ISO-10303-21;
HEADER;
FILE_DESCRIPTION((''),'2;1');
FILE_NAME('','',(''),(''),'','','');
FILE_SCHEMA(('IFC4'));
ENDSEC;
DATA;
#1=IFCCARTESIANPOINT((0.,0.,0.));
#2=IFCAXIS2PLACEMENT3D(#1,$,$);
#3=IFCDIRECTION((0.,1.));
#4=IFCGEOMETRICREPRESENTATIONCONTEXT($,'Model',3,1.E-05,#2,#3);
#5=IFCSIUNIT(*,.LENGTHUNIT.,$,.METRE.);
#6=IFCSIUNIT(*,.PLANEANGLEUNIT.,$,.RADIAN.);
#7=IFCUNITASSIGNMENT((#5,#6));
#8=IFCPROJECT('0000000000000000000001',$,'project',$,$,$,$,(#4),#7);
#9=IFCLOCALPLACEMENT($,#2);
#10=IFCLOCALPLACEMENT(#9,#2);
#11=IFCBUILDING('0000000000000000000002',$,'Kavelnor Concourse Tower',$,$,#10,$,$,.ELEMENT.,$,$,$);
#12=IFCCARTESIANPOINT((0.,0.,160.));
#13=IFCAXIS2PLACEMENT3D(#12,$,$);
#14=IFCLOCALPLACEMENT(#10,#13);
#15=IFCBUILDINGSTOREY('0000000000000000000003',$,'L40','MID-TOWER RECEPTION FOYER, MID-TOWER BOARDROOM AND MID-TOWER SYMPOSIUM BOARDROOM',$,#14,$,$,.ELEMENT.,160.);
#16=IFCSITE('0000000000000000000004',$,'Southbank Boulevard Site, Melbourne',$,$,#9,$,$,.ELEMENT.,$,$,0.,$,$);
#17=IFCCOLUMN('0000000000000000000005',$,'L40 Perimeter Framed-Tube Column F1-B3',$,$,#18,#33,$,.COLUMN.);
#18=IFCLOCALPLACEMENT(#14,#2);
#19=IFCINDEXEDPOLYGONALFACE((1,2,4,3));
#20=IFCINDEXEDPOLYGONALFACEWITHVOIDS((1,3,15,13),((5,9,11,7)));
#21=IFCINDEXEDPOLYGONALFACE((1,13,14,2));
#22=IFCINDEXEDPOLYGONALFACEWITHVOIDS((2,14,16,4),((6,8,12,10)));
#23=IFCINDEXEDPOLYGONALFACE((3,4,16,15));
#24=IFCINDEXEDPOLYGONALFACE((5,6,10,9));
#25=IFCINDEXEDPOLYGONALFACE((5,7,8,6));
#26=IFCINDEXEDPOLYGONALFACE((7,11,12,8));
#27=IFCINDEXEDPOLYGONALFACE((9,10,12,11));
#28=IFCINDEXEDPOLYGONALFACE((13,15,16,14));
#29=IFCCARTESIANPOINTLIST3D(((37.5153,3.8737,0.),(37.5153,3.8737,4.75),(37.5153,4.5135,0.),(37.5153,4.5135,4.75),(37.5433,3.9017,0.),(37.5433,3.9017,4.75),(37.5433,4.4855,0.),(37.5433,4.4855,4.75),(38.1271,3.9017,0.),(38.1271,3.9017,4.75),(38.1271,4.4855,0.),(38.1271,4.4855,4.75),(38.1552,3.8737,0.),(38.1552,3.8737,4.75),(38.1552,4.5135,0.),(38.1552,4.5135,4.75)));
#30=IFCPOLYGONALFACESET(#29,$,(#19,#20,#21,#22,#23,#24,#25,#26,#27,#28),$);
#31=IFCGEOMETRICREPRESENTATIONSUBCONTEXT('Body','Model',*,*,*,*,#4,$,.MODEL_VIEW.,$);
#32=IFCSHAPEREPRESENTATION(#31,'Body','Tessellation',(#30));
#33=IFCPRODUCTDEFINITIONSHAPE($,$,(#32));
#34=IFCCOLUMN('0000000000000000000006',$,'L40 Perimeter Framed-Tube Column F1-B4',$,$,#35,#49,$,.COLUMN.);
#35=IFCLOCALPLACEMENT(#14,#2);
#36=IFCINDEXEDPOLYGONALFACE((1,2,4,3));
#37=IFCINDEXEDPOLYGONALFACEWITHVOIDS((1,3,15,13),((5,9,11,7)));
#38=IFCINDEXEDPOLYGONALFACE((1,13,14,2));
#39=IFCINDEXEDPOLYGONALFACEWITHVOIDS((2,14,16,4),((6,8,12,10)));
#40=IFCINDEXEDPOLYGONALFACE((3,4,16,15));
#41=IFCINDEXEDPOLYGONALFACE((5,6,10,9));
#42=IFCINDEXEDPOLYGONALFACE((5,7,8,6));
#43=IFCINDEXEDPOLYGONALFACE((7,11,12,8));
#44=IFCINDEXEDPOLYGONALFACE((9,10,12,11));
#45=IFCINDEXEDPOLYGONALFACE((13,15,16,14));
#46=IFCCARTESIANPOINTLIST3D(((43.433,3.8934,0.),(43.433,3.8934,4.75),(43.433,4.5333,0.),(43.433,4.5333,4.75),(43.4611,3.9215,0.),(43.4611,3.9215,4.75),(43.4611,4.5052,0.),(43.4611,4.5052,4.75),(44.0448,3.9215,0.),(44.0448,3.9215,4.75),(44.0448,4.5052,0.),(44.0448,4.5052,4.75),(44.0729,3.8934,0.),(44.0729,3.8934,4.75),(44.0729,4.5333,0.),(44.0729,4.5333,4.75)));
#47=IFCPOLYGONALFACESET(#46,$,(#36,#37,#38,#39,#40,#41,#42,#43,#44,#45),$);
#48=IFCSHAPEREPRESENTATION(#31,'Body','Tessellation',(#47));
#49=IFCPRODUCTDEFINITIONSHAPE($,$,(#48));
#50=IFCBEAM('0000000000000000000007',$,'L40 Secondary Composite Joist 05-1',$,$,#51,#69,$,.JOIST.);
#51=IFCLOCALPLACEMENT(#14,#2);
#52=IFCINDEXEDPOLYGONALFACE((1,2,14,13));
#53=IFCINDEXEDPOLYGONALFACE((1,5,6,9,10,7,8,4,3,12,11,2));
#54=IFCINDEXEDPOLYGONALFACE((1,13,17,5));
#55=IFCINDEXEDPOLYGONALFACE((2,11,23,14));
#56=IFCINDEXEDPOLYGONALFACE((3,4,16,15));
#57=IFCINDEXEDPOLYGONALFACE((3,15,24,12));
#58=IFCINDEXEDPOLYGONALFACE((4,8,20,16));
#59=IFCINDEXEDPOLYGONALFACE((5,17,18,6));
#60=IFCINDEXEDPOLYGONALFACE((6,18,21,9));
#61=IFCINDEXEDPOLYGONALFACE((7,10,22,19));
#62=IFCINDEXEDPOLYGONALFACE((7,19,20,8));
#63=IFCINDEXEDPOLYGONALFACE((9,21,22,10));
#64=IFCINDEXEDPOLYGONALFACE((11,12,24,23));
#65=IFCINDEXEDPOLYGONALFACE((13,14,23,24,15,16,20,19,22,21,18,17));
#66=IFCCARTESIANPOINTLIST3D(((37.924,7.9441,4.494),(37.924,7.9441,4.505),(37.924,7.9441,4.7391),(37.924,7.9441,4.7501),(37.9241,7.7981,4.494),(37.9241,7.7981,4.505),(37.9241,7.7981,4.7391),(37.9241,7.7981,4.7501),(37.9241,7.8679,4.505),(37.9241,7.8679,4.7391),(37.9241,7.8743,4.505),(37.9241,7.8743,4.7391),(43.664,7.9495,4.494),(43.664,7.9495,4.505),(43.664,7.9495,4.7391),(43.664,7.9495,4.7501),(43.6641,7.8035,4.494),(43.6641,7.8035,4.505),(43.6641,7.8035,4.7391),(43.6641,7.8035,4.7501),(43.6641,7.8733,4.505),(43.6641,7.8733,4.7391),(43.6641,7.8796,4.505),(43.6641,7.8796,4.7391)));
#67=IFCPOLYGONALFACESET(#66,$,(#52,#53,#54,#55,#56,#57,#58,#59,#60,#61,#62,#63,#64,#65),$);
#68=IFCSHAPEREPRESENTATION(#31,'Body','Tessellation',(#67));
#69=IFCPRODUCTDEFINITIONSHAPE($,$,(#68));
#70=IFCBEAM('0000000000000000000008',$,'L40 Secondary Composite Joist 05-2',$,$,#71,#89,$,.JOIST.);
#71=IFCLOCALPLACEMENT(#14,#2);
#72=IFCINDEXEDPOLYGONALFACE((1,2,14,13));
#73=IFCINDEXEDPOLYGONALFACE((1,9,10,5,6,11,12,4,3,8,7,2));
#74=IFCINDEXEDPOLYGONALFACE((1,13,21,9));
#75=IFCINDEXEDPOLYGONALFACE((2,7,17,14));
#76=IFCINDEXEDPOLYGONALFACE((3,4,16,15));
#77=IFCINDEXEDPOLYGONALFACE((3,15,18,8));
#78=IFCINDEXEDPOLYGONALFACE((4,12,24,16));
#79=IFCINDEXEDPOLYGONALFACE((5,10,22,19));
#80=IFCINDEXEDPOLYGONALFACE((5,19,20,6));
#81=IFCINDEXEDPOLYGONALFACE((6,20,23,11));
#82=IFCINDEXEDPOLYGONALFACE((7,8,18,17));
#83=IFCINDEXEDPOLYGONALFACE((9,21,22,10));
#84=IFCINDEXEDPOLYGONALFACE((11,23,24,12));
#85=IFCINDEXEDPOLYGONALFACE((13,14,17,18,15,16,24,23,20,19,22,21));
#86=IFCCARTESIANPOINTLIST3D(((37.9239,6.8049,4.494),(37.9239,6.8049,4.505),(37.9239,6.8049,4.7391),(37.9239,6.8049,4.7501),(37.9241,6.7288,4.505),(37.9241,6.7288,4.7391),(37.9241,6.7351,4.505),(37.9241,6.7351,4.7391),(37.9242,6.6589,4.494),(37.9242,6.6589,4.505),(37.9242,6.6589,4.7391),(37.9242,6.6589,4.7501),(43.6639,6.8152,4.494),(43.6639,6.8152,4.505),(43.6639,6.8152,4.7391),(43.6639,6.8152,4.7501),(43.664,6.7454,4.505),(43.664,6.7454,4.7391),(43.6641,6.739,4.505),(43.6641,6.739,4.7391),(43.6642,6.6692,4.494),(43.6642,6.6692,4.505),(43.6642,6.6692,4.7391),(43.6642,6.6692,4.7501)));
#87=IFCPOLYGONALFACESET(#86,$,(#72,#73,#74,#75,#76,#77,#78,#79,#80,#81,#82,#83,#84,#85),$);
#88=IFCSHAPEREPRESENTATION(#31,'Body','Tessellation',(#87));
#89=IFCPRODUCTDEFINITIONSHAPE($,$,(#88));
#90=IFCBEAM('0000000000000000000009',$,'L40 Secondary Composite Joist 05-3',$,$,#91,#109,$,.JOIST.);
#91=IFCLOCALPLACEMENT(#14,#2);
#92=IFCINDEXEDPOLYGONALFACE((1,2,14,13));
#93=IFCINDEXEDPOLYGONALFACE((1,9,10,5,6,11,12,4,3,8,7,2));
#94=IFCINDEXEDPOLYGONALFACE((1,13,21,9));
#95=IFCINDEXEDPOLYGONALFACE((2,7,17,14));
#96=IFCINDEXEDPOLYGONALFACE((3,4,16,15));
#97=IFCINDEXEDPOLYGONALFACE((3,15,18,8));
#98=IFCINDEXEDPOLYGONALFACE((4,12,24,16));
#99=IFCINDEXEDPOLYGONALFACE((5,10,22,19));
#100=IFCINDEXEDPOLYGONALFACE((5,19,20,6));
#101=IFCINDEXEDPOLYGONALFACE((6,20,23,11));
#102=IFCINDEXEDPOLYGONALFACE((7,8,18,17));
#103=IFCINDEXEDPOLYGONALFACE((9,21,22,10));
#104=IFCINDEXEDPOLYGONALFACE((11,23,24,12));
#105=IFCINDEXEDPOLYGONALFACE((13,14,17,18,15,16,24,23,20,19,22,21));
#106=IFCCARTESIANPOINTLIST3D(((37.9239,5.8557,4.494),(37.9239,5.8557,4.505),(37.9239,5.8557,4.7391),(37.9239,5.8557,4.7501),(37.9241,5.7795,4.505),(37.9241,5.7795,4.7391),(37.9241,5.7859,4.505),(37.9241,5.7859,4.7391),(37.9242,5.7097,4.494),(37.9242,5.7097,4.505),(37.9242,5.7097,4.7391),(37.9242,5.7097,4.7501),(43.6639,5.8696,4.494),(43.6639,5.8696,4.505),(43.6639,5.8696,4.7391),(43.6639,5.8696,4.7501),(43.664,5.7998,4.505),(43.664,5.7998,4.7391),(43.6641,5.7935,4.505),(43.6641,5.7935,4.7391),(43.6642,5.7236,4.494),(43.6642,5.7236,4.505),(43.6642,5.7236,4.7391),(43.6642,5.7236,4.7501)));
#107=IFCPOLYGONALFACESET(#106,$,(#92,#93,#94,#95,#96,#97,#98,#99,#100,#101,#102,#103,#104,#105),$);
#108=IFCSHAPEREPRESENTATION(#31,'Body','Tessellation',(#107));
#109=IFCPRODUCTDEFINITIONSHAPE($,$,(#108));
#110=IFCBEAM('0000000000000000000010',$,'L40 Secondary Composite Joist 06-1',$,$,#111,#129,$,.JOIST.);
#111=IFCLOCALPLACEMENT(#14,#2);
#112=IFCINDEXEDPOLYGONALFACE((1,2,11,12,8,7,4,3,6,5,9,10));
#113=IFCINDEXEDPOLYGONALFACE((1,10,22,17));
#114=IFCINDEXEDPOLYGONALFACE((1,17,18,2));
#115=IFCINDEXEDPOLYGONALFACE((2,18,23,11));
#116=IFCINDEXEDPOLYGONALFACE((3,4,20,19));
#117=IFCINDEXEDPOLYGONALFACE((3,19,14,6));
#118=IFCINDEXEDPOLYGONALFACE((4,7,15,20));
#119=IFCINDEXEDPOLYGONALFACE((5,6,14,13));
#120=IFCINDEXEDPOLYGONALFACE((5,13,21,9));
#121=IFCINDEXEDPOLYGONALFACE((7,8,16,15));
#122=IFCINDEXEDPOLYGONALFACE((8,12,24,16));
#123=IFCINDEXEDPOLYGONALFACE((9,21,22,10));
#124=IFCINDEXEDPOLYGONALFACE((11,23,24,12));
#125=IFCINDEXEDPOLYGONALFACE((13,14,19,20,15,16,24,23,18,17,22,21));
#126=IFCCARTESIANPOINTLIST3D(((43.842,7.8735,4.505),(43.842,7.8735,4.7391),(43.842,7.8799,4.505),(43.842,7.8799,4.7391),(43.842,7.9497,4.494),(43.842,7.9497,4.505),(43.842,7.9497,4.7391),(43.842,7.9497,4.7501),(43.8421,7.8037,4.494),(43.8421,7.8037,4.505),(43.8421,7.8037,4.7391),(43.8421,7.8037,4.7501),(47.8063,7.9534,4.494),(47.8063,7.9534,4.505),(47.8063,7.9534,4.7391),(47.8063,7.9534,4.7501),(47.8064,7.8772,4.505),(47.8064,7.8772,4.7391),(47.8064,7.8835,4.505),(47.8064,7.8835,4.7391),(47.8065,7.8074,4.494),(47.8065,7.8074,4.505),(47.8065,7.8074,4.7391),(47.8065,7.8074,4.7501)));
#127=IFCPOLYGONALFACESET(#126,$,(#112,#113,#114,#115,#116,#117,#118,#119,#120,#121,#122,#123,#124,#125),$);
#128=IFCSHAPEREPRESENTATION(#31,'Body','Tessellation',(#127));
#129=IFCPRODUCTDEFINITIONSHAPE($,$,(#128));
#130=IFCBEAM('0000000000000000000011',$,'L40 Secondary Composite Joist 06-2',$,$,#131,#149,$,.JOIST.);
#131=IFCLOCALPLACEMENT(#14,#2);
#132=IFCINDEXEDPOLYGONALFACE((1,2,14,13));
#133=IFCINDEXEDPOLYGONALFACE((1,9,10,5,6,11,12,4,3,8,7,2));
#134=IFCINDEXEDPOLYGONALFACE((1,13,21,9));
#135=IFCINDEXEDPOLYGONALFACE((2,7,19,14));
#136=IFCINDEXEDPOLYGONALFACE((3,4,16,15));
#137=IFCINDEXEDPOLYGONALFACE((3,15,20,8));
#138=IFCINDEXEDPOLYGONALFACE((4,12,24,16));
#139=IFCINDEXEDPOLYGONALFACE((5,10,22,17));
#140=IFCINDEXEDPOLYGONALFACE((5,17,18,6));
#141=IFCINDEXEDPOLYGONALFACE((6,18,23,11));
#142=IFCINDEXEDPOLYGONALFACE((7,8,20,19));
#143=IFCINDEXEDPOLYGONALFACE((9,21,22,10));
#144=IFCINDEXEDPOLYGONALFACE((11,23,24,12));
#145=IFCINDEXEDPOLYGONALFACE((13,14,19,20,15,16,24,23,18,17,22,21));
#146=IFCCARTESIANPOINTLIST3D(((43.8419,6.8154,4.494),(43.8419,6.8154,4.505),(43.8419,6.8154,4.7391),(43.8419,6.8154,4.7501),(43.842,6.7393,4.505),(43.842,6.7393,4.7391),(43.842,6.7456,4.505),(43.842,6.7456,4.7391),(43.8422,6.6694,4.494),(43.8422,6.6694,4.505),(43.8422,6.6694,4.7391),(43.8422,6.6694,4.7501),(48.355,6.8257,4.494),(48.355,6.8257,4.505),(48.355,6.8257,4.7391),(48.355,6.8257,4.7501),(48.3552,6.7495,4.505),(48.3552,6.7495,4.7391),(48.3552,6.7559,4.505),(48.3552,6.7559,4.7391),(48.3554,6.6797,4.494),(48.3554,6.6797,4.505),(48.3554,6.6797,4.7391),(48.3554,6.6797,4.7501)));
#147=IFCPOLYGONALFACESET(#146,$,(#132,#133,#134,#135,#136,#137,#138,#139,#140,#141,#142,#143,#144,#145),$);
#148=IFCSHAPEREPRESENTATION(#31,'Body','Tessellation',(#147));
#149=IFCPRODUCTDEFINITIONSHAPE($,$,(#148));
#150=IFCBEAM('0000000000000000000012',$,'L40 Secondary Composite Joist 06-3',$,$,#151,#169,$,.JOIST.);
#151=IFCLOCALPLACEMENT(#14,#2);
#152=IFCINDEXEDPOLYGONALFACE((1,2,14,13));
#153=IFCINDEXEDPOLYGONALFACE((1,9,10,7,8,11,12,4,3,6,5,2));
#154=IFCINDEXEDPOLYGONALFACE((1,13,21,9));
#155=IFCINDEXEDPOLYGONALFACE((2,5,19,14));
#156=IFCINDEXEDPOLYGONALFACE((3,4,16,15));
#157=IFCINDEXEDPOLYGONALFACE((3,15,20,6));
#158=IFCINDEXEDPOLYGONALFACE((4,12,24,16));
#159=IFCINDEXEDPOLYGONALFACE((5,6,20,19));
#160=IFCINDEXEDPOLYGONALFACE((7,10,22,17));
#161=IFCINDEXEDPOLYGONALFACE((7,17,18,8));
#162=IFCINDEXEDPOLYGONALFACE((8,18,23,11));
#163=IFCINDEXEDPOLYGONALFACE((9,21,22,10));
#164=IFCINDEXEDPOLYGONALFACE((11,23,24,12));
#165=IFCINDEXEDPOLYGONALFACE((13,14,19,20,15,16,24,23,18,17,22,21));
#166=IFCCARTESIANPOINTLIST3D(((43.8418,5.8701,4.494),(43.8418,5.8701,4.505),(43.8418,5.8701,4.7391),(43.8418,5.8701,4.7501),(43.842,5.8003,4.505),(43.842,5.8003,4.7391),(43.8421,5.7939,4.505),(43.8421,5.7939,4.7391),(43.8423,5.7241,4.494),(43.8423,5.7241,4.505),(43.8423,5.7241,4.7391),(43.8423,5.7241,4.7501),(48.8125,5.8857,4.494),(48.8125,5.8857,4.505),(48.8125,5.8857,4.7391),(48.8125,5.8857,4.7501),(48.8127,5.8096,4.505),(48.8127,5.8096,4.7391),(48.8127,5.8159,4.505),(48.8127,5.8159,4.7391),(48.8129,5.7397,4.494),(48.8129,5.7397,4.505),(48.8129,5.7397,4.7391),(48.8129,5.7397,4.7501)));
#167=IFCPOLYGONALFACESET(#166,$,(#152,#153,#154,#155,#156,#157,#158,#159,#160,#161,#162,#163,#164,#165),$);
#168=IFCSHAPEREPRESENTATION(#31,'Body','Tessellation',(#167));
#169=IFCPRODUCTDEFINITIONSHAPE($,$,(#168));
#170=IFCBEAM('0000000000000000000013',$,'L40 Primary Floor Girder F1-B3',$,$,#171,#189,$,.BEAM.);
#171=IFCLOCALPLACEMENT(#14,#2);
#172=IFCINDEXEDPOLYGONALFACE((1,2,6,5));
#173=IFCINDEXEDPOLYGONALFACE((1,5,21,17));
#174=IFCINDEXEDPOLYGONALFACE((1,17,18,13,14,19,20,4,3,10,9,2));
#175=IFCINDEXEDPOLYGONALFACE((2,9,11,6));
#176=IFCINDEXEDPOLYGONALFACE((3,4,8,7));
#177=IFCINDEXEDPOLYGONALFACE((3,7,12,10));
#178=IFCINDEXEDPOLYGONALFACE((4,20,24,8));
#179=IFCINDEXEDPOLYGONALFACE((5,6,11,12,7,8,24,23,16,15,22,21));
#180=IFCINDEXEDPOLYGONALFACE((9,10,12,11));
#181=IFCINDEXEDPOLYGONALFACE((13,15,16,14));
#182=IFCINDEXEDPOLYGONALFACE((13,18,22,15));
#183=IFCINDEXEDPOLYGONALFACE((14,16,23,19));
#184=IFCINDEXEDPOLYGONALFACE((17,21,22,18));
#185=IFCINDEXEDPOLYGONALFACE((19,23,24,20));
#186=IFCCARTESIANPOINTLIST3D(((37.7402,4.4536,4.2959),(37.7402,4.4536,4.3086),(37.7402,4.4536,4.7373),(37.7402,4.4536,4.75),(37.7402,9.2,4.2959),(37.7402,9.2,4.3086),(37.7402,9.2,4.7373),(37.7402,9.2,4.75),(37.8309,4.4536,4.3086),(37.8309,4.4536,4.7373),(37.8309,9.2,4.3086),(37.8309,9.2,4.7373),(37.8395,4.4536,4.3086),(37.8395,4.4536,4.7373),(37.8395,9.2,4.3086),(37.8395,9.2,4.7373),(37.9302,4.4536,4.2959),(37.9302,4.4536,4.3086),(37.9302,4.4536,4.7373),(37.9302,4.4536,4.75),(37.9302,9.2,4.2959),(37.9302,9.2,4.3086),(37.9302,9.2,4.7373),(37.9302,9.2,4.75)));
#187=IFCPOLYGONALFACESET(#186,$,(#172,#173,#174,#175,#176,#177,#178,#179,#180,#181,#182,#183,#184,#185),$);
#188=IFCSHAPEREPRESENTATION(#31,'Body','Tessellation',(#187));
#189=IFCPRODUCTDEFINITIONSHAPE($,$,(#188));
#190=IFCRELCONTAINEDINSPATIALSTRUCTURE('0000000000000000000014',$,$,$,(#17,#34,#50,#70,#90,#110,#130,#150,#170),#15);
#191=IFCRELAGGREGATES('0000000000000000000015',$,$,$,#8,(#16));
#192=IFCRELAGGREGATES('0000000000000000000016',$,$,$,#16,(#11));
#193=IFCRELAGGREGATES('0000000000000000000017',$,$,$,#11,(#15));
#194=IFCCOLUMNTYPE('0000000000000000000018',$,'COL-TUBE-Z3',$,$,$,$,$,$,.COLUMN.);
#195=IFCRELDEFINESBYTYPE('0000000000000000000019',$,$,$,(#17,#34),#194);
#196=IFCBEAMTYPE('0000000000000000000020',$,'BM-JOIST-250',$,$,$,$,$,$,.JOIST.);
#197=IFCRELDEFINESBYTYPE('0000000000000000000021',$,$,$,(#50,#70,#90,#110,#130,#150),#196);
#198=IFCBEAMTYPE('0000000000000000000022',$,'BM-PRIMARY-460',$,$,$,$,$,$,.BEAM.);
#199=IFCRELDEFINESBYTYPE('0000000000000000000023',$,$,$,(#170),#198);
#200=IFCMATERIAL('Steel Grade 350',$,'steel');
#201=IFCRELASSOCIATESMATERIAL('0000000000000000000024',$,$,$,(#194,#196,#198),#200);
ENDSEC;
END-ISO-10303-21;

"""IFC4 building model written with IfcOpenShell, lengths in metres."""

from ifc_helpers import new_model, si_unit, direction, frame, origin, origin_2d, place, context, subcontext, project, spatial, hollow_rectangle, i_section, extrude, material, material_profile, profile_set, type_object, element, save


model = new_model("IFC4")

# Units and contexts
model_context = context("Model", 3, precision=1e-05, world=origin(), true_north=direction((0.0, 1.0)))
body_context = subcontext(model_context, "Body", "Model", "MODEL_VIEW")
ifc_project = project(units=[si_unit("LENGTHUNIT", "METRE"), si_unit("PLANEANGLEUNIT", "RADIAN")], contexts=[model_context])

# Site, building, storey
site_placement = place(None, origin())
site = spatial("IfcSite", under=ifc_project, at=site_placement, Name="Southbank Boulevard Site, Melbourne", CompositionType="ELEMENT", RefElevation=0.0)
building_placement = place(site_placement, origin())
building = spatial("IfcBuilding", under=site, at=building_placement, Name="Kavelnor Concourse Tower", CompositionType="ELEMENT")
storey_placement = place(building_placement, frame((0.0, 0.0, 160.0)))
storey = spatial("IfcBuildingStorey", under=building, at=storey_placement, Name="L40", Description="MID-TOWER RECEPTION FOYER, MID-TOWER BOARDROOM AND MID-TOWER SYMPOSIUM BOARDROOM", CompositionType="ELEMENT", Elevation=160.0)

# Columns
ifc_material_1 = material(Name="Steel Grade 350", Category="steel")
ifc_material_profile_1 = material_profile(ifc_material_1, hollow_rectangle(XDim=0.6399, YDim=0.6399, WallThickness=0.0281, at=origin_2d()), Name="SHS 640x640x28")
ifc_profile_set_1 = profile_set([ifc_material_profile_1], Name="Steel Grade 350")
column_type = type_object("IfcColumnType", Name="COL-TUBE-Z3", PredefinedType="COLUMN", material=ifc_profile_set_1)
for number, where, z_axis, x_axis, name in (
    (1, (37.8352, 4.1936, 0.0), (0.0, 0.0, 1.0), (1.0, 0.0, 0.0), "L40 Perimeter Framed-Tube Column F1-B3"),
    (2, (43.7529, 4.2134, 0.0), (0.0, 0.0, 1.0), (1.0, 0.0, 0.0), "L40 Perimeter Framed-Tube Column F1-B4"),
):
    element("IfcColumn", number, at=place(storey_placement, frame(where, z_axis=z_axis, x_axis=x_axis)), inside=storey, type_object=column_type, Name=name, PredefinedType="COLUMN", context=body_context, shape_type="SweptSolid", body=[
        extrude(hollow_rectangle(XDim=0.6399, YDim=0.6399, WallThickness=0.0281, at=origin_2d()), origin(), (0.0, 0.0, 1.0), 4.75),
    ])

# Beams
ifc_material_profile_2 = material_profile(ifc_material_1, i_section(OverallWidth=0.146, OverallDepth=0.2561, WebThickness=0.0063, FlangeThickness=0.011, at=origin_2d()), Name="250UB37")
ifc_profile_set_2 = profile_set([ifc_material_profile_2], Name="Steel Grade 350")
beam_type_1 = type_object("IfcBeamType", Name="BM-JOIST-250", PredefinedType="JOIST", material=ifc_profile_set_2)
for number, where, z_axis, x_axis, name in (
    (3, (37.9241, 7.8711, 4.6221), (1.0, 0.000936, 0.0), (-0.000936, 1.0, 0.0), "L40 Secondary Composite Joist 05-1"),
    (4, (37.9241, 6.7319, 4.6221), (0.999998, 0.001786, 0.0), (-0.001786, 0.999998, 0.0), "L40 Secondary Composite Joist 05-2"),
    (5, (37.9241, 5.7827, 4.6221), (0.999997, 0.002424, 0.0), (-0.002424, 0.999997, 0.0), "L40 Secondary Composite Joist 05-3"),
):
    element("IfcBeam", number, at=place(storey_placement, frame(where, z_axis=z_axis, x_axis=x_axis)), inside=storey, type_object=beam_type_1, Name=name, PredefinedType="JOIST", context=body_context, shape_type="SweptSolid", body=[
        extrude(i_section(OverallWidth=0.146, OverallDepth=0.2561, WebThickness=0.0063, FlangeThickness=0.011, at=origin_2d()), origin(), (0.0, 0.0, 1.0), 5.74),
    ])
beam_1_placement = place(storey_placement, frame((43.842, 7.8767, 4.6221), z_axis=(1.0, 0.000924, 0.0), x_axis=(-0.000924, 1.0, 0.0)))
element("IfcBeam", 6, at=beam_1_placement, inside=storey, type_object=beam_type_1, Name="L40 Secondary Composite Joist 06-1", PredefinedType="JOIST", context=body_context, shape_type="SweptSolid", body=[
    extrude(i_section(OverallWidth=0.146, OverallDepth=0.2561, WebThickness=0.0063, FlangeThickness=0.011, at=origin_2d()), origin(), (0.0, 0.0, 1.0), 3.9644),
])
beam_2_placement = place(storey_placement, frame((43.842, 6.7424, 4.6221), z_axis=(0.999997, 0.002272, 0.0), x_axis=(-0.002272, 0.999997, 0.0)))
element("IfcBeam", 7, at=beam_2_placement, inside=storey, type_object=beam_type_1, Name="L40 Secondary Composite Joist 06-2", PredefinedType="JOIST", context=body_context, shape_type="SweptSolid", body=[
    extrude(i_section(OverallWidth=0.146, OverallDepth=0.2561, WebThickness=0.0063, FlangeThickness=0.011, at=origin_2d()), origin(), (0.0, 0.0, 1.0), 4.5132),
])
beam_3_placement = place(storey_placement, frame((43.842, 5.7971, 4.6221), z_axis=(0.999995, 0.003143, 0.0), x_axis=(-0.003143, 0.999995, 0.0)))
element("IfcBeam", 8, at=beam_3_placement, inside=storey, type_object=beam_type_1, Name="L40 Secondary Composite Joist 06-3", PredefinedType="JOIST", context=body_context, shape_type="SweptSolid", body=[
    extrude(i_section(OverallWidth=0.146, OverallDepth=0.2561, WebThickness=0.0063, FlangeThickness=0.011, at=origin_2d()), origin(), (0.0, 0.0, 1.0), 4.9707),
])
ifc_material_profile_3 = material_profile(ifc_material_1, i_section(OverallWidth=0.1899, OverallDepth=0.4541, WebThickness=0.0085, FlangeThickness=0.0127, at=origin_2d()), Name="460UB67")
ifc_profile_set_3 = profile_set([ifc_material_profile_3], Name="Steel Grade 350")
beam_type_2 = type_object("IfcBeamType", Name="BM-PRIMARY-460", PredefinedType="BEAM", material=ifc_profile_set_3)
beam_4_placement = place(storey_placement, frame((37.8352, 9.2, 4.5229), z_axis=(0.0, -1.0, 0.0), x_axis=(1.0, 0.0, 0.0)))
element("IfcBeam", 9, at=beam_4_placement, inside=storey, type_object=beam_type_2, Name="L40 Primary Floor Girder F1-B3", PredefinedType="BEAM", context=body_context, shape_type="SweptSolid", body=[
    extrude(i_section(OverallWidth=0.1899, OverallDepth=0.4541, WebThickness=0.0085, FlangeThickness=0.0127, at=origin_2d()), origin(), (0.0, 0.0, 1.0), 4.7463),
])

save(model, "model.ifc")
